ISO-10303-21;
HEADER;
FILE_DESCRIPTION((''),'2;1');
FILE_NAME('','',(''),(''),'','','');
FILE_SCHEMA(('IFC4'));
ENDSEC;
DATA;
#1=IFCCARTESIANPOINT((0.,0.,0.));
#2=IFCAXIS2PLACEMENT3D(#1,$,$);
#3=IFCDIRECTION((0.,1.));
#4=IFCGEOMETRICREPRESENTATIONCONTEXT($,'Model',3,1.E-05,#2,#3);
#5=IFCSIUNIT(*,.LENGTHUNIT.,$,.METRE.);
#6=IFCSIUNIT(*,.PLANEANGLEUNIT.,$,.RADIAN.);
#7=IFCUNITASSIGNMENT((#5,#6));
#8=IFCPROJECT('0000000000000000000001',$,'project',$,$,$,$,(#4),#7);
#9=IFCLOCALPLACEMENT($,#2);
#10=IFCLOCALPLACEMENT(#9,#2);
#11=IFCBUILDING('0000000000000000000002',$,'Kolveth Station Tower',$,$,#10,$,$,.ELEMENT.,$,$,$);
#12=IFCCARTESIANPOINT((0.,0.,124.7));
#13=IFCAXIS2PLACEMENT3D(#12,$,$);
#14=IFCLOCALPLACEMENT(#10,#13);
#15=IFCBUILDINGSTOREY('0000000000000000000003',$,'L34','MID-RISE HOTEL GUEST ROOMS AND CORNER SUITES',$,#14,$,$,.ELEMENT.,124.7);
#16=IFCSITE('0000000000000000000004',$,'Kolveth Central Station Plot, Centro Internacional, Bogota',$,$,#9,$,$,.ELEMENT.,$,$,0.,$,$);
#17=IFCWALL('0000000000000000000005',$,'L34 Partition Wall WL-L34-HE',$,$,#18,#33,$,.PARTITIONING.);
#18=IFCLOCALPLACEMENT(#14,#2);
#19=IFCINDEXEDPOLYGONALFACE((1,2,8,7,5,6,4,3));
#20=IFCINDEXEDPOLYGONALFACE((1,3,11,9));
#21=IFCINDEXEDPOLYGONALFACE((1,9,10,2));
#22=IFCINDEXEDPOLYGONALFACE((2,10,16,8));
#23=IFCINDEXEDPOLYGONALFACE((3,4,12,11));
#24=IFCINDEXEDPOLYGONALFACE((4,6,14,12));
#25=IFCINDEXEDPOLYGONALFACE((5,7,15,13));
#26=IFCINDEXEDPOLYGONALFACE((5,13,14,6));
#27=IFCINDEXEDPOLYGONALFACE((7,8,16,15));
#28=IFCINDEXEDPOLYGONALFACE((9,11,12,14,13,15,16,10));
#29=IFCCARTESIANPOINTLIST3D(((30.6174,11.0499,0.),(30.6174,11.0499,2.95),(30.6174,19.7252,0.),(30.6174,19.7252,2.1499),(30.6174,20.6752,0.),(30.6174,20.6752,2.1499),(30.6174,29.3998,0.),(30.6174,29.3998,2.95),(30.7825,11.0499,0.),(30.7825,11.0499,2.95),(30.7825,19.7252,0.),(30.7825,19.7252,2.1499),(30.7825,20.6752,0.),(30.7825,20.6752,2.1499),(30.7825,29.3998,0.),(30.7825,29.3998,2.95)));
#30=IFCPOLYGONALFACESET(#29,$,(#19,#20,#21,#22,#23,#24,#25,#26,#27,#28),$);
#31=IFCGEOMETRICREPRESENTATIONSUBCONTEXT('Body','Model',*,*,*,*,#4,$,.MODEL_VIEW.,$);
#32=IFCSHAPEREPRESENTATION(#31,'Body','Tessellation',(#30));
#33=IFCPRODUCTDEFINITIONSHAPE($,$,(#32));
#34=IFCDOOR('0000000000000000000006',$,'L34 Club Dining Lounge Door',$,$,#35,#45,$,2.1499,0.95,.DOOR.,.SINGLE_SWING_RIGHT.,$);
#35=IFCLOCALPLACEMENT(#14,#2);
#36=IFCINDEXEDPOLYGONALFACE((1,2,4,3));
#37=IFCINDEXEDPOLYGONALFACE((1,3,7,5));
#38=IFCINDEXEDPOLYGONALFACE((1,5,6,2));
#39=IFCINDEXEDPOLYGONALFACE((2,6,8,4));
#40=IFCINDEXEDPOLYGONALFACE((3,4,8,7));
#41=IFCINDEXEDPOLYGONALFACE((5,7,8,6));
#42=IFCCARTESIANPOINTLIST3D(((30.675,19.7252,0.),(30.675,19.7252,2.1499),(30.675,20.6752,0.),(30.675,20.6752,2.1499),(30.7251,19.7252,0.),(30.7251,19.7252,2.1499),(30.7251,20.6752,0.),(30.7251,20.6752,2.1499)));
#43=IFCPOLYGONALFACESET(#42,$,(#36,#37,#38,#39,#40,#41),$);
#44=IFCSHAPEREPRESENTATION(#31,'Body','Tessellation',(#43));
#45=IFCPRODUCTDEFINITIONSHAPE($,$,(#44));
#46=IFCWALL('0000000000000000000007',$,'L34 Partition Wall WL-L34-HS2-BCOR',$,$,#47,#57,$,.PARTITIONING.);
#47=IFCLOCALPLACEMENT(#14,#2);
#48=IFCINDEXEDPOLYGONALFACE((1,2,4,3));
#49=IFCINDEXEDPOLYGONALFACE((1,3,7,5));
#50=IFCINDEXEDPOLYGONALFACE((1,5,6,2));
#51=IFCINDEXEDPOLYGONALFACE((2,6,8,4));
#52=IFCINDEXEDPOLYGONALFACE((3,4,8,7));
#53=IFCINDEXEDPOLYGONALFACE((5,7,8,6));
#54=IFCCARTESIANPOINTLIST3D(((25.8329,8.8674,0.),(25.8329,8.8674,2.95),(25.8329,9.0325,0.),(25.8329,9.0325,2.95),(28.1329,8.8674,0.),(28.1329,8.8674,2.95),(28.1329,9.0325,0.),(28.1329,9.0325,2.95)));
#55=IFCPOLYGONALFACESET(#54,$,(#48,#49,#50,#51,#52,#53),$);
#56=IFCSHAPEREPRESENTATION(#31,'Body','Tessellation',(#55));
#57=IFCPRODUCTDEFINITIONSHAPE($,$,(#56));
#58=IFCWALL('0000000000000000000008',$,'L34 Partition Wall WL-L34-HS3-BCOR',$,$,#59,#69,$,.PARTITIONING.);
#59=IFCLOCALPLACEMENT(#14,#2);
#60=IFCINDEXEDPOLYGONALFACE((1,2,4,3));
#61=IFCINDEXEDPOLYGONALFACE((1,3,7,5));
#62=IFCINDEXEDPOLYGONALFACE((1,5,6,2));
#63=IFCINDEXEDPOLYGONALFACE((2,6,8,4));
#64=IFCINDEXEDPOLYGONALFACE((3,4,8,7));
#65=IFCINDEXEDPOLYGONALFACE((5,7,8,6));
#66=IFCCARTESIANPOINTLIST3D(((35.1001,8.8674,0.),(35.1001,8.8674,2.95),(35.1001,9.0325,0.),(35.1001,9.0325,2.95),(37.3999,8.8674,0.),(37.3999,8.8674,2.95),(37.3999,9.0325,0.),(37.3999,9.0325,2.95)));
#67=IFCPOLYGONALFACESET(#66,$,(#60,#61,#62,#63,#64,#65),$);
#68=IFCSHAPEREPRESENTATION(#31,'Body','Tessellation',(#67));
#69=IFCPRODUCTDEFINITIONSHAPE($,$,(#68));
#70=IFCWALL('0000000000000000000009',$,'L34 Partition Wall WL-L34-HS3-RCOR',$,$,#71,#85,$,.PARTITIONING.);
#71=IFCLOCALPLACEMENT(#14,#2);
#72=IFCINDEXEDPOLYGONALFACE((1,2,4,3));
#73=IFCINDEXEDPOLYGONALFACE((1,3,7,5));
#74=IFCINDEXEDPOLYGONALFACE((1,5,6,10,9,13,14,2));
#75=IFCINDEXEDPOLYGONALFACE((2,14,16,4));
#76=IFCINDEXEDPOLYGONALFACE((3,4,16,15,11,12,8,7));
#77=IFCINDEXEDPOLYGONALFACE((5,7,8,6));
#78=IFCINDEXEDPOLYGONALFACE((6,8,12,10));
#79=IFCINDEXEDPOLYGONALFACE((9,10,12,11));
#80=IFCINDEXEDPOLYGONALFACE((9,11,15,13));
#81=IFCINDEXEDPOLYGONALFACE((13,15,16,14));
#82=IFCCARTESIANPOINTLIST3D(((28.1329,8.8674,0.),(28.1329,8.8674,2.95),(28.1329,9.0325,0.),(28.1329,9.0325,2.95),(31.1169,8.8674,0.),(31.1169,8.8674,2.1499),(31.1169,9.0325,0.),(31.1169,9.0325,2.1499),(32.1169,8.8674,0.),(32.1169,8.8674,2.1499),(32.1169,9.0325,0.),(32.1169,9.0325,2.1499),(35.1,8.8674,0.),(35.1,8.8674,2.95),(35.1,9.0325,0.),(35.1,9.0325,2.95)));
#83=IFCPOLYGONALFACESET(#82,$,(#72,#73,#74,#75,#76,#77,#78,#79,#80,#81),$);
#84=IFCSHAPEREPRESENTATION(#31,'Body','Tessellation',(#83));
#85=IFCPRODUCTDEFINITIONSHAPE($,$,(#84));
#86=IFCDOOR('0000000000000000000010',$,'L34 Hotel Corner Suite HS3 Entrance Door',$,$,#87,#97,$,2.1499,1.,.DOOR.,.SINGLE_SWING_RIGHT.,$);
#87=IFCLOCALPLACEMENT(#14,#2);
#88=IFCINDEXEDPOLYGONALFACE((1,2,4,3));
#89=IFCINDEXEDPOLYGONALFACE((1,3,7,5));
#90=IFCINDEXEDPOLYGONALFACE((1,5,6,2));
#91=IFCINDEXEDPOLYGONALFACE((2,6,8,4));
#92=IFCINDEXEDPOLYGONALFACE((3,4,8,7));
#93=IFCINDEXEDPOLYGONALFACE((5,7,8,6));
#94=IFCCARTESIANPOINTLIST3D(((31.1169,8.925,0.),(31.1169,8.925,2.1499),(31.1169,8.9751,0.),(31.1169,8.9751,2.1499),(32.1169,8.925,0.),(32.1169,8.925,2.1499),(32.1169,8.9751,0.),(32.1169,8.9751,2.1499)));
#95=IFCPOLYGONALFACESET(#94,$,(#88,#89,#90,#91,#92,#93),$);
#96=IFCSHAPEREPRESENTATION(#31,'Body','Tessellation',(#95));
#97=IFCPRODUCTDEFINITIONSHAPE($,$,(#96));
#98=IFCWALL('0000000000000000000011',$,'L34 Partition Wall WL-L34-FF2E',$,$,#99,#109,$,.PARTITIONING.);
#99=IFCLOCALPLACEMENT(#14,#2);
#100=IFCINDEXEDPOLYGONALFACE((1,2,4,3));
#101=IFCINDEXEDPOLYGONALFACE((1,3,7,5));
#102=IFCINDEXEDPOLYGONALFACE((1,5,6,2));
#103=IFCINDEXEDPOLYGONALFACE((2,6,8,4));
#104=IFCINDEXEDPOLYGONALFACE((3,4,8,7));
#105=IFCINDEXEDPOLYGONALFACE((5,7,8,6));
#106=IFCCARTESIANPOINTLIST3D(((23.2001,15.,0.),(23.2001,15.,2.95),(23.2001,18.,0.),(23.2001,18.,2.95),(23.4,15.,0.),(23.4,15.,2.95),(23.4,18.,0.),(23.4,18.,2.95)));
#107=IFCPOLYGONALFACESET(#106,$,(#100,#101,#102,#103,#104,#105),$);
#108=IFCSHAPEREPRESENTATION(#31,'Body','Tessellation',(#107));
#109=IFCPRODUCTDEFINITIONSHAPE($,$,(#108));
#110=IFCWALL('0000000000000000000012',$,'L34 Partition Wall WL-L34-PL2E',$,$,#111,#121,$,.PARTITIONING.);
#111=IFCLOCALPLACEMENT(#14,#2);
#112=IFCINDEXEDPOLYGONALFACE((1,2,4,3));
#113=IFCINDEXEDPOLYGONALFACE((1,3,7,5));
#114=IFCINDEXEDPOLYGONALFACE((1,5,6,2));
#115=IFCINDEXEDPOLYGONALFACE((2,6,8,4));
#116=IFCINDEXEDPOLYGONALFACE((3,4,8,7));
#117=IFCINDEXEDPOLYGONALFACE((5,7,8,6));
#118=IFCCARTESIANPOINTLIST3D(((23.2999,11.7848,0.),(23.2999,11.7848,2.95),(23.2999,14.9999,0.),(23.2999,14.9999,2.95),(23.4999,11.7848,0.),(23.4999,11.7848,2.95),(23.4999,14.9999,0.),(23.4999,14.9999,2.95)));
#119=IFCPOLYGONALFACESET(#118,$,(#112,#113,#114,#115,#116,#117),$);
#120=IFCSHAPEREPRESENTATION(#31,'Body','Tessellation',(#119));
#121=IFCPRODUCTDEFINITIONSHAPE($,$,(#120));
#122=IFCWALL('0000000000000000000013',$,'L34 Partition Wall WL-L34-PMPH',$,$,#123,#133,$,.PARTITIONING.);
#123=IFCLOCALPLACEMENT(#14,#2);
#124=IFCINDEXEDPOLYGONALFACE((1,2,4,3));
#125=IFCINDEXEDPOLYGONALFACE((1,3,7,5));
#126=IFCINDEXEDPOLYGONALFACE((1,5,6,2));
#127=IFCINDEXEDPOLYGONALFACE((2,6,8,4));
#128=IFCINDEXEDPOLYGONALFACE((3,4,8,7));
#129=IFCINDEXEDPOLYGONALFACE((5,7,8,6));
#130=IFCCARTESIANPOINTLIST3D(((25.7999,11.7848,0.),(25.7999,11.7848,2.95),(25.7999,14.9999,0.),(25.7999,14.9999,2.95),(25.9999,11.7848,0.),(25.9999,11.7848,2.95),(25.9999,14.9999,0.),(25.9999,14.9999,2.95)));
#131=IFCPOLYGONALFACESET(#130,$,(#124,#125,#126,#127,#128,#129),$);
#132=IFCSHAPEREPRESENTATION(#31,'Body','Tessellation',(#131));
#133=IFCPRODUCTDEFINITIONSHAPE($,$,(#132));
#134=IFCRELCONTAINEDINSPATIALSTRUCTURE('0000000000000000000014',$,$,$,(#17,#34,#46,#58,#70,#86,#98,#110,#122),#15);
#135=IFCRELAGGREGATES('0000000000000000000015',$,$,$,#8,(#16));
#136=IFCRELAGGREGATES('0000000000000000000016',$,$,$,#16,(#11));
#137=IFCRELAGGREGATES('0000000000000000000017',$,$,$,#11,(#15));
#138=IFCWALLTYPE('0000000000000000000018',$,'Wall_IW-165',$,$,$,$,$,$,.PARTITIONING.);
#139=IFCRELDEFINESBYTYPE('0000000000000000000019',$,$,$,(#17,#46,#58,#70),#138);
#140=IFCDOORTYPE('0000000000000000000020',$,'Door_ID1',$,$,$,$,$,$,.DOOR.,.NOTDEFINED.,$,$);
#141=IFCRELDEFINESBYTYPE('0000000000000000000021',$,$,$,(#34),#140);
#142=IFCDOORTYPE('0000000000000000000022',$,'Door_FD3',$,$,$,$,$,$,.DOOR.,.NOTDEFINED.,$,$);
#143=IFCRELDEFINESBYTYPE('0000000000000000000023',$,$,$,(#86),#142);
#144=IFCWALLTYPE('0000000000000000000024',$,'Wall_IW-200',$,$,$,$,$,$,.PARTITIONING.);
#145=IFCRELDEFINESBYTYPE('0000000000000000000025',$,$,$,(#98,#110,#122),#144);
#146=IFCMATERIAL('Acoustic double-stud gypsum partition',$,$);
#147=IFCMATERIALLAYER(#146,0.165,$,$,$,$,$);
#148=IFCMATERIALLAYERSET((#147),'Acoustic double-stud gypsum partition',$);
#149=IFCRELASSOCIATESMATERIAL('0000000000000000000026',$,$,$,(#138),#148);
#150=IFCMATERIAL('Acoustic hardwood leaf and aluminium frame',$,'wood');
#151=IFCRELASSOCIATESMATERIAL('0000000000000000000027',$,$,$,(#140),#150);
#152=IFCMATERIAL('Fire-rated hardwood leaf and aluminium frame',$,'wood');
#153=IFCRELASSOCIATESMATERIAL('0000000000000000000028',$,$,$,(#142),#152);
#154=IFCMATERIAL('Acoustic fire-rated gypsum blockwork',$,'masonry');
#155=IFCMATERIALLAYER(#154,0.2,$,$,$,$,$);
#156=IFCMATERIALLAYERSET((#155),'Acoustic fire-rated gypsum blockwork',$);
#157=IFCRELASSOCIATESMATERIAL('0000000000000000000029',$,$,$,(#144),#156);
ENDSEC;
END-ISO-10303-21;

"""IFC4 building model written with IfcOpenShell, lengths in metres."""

from ifc_helpers import new_model, si_unit, direction, frame, frame_2d, origin, place, context, subcontext, project, spatial, rectangle, extrude, material, layer, layer_set, type_object, element, fill, save


model = new_model("IFC4")

# Units and contexts
model_context = context("Model", 3, precision=1e-05, world=origin(), true_north=direction((0.0, 1.0)))
body_context = subcontext(model_context, "Body", "Model", "MODEL_VIEW")
ifc_project = project(units=[si_unit("LENGTHUNIT", "METRE"), si_unit("PLANEANGLEUNIT", "RADIAN")], contexts=[model_context])

# Site, building, storey
site_placement = place(None, origin())
site = spatial("IfcSite", under=ifc_project, at=site_placement, Name="Kolveth Central Station Plot, Centro Internacional, Bogota", CompositionType="ELEMENT", RefElevation=0.0)
building_placement = place(site_placement, origin())
building = spatial("IfcBuilding", under=site, at=building_placement, Name="Kolveth Station Tower", CompositionType="ELEMENT")
storey_placement = place(building_placement, frame((0.0, 0.0, 124.7)))
storey = spatial("IfcBuildingStorey", under=building, at=storey_placement, Name="L34", Description="MID-RISE HOTEL GUEST ROOMS AND CORNER SUITES", CompositionType="ELEMENT", Elevation=124.7)

# Shared definitions
ifc_material_1 = material(Name="Acoustic double-stud gypsum partition")
ifc_layer_1 = layer(ifc_material_1, 0.165)
ifc_layer_set_1 = layer_set([ifc_layer_1], Name="Acoustic double-stud gypsum partition")
wall_type_1 = type_object("IfcWallType", Name="Wall_IW-165", PredefinedType="PARTITIONING", material=ifc_layer_set_1)

# Wall, opening, door
wall_1_placement = place(storey_placement, frame((30.7, 11.05, 0.0), z_axis=(0.0, 0.0, 1.0), x_axis=(0.0, 1.0, 0.0)))
wall_1 = element("IfcWall", 1, at=wall_1_placement, inside=storey, type_object=wall_type_1, Name="L34 Partition Wall WL-L34-HE", PredefinedType="PARTITIONING", context=body_context, shape_type="SweptSolid", body=[
    extrude(rectangle(XDim=18.3499, YDim=0.165, at=frame_2d((9.1748, 0.0))), origin(), (0.0, 0.0, 1.0), 2.95),
])
opening_1_placement = place(wall_1_placement, frame((8.675, 0.0, 0.0)))
opening_1 = element("IfcOpeningElement", 2, at=opening_1_placement, cuts=wall_1, PredefinedType="OPENING", context=body_context, shape_type="SweptSolid", body=[
    extrude(rectangle(XDim=0.95, YDim=2.1499, at=frame_2d((0.4751, 1.075))), frame((0.0, 0.0925, 0.0), z_axis=(0.0, -1.0, 0.0), x_axis=(1.0, 0.0, 0.0)), (0.0, 0.0, 1.0), 0.1851),
])
ifc_material_2 = material(Name="Acoustic hardwood leaf and aluminium frame", Category="wood")
door_type_1 = type_object("IfcDoorType", Name="Door_ID1", OperationType="NOTDEFINED", PredefinedType="DOOR", material=ifc_material_2)
door_1_placement = place(opening_1_placement, origin())
door_1 = element("IfcDoor", 3, at=door_1_placement, inside=storey, type_object=door_type_1, Name="L34 Club Dining Lounge Door", OperationType="SINGLE_SWING_RIGHT", OverallHeight=2.1499, OverallWidth=0.95, PredefinedType="DOOR", context=body_context, shape_type="SweptSolid", body=[
    extrude(rectangle(XDim=0.95, YDim=2.1499, at=frame_2d((0.4751, 1.075))), frame((0.0, 0.0249, 0.0), z_axis=(0.0, -1.0, 0.0), x_axis=(1.0, 0.0, 0.0)), (0.0, 0.0, 1.0), 0.05),
])
fill(opening_1, door_1)

# Walls
wall_2_placement = place(storey_placement, frame((25.833, 8.95, 0.0), z_axis=(0.0, 0.0, 1.0), x_axis=(1.0, 0.0, 0.0)))
element("IfcWall", 4, at=wall_2_placement, inside=storey, type_object=wall_type_1, Name="L34 Partition Wall WL-L34-HS2-BCOR", PredefinedType="PARTITIONING", context=body_context, shape_type="SweptSolid", body=[
    extrude(rectangle(XDim=2.3, YDim=0.165, at=frame_2d((1.1499, 0.0))), origin(), (0.0, 0.0, 1.0), 2.95),
])
wall_3_placement = place(storey_placement, frame((35.1001, 8.95, 0.0), z_axis=(0.0, 0.0, 1.0), x_axis=(1.0, 0.0, 0.0)))
element("IfcWall", 5, at=wall_3_placement, inside=storey, type_object=wall_type_1, Name="L34 Partition Wall WL-L34-HS3-BCOR", PredefinedType="PARTITIONING", context=body_context, shape_type="SweptSolid", body=[
    extrude(rectangle(XDim=2.2998, YDim=0.165, at=frame_2d((1.1499, 0.0))), origin(), (0.0, 0.0, 1.0), 2.95),
])

# Wall, opening, door
wall_4_placement = place(storey_placement, frame((28.1331, 8.95, 0.0), z_axis=(0.0, 0.0, 1.0), x_axis=(1.0, 0.0, 0.0)))
wall_4 = element("IfcWall", 6, at=wall_4_placement, inside=storey, type_object=wall_type_1, Name="L34 Partition Wall WL-L34-HS3-RCOR", PredefinedType="PARTITIONING", context=body_context, shape_type="SweptSolid", body=[
    extrude(rectangle(XDim=6.967, YDim=0.165, at=frame_2d((3.4834, 0.0))), origin(), (0.0, 0.0, 1.0), 2.95),
])
opening_2_placement = place(wall_4_placement, frame((2.9839, 0.0, 0.0)))
opening_2 = element("IfcOpeningElement", 7, at=opening_2_placement, cuts=wall_4, PredefinedType="OPENING", context=body_context, shape_type="SweptSolid", body=[
    extrude(rectangle(XDim=1.0, YDim=2.1499, at=frame_2d((0.5, 1.075))), frame((0.0, 0.0925, 0.0), z_axis=(0.0, -1.0, 0.0), x_axis=(1.0, 0.0, 0.0)), (0.0, 0.0, 1.0), 0.1851),
])
ifc_material_3 = material(Name="Fire-rated hardwood leaf and aluminium frame", Category="wood")
door_type_2 = type_object("IfcDoorType", Name="Door_FD3", OperationType="NOTDEFINED", PredefinedType="DOOR", material=ifc_material_3)
door_2_placement = place(opening_2_placement, frame((1.0, 0.0, 0.0), z_axis=(0.0, 0.0, 1.0), x_axis=(-1.0, 0.0, 0.0)))
door_2 = element("IfcDoor", 8, at=door_2_placement, inside=storey, type_object=door_type_2, Name="L34 Hotel Corner Suite HS3 Entrance Door", OperationType="SINGLE_SWING_RIGHT", OverallHeight=2.1499, OverallWidth=1.0, PredefinedType="DOOR", context=body_context, shape_type="SweptSolid", body=[
    extrude(rectangle(XDim=1.0, YDim=2.1499, at=frame_2d((0.5, 1.075))), frame((0.0, 0.0249, 0.0), z_axis=(0.0, -1.0, 0.0), x_axis=(1.0, 0.0, 0.0)), (0.0, 0.0, 1.0), 0.05),
])
fill(opening_2, door_2)

# Walls
ifc_material_4 = material(Name="Acoustic fire-rated gypsum blockwork", Category="masonry")
ifc_layer_2 = layer(ifc_material_4, 0.2)
ifc_layer_set_2 = layer_set([ifc_layer_2], Name="Acoustic fire-rated gypsum blockwork")
wall_type_2 = type_object("IfcWallType", Name="Wall_IW-200", PredefinedType="PARTITIONING", material=ifc_layer_set_2)
wall_5_placement = place(storey_placement, frame((23.3, 15.0, 0.0), z_axis=(0.0, 0.0, 1.0), x_axis=(0.0, 1.0, 0.0)))
element("IfcWall", 9, at=wall_5_placement, inside=storey, type_object=wall_type_2, Name="L34 Partition Wall WL-L34-FF2E", PredefinedType="PARTITIONING", context=body_context, shape_type="SweptSolid", body=[
    extrude(rectangle(XDim=3.0, YDim=0.2, at=frame_2d((1.5, 0.0))), origin(), (0.0, 0.0, 1.0), 2.95),
])
for number, where, z_axis, x_axis, name in (
    (10, (23.3999, 11.7849, 0.0), (0.0, 0.0, 1.0), (0.0, 1.0, 0.0), "L34 Partition Wall WL-L34-PL2E"),
    (11, (25.8999, 11.7849, 0.0), (0.0, 0.0, 1.0), (0.0, 1.0, 0.0), "L34 Partition Wall WL-L34-PMPH"),
):
    element("IfcWall", number, at=place(storey_placement, frame(where, z_axis=z_axis, x_axis=x_axis)), inside=storey, type_object=wall_type_2, Name=name, PredefinedType="PARTITIONING", context=body_context, shape_type="SweptSolid", body=[
        extrude(rectangle(XDim=3.2151, YDim=0.2, at=frame_2d((1.6074, 0.0))), origin(), (0.0, 0.0, 1.0), 2.95),
    ])

save(model, "model.ifc")
